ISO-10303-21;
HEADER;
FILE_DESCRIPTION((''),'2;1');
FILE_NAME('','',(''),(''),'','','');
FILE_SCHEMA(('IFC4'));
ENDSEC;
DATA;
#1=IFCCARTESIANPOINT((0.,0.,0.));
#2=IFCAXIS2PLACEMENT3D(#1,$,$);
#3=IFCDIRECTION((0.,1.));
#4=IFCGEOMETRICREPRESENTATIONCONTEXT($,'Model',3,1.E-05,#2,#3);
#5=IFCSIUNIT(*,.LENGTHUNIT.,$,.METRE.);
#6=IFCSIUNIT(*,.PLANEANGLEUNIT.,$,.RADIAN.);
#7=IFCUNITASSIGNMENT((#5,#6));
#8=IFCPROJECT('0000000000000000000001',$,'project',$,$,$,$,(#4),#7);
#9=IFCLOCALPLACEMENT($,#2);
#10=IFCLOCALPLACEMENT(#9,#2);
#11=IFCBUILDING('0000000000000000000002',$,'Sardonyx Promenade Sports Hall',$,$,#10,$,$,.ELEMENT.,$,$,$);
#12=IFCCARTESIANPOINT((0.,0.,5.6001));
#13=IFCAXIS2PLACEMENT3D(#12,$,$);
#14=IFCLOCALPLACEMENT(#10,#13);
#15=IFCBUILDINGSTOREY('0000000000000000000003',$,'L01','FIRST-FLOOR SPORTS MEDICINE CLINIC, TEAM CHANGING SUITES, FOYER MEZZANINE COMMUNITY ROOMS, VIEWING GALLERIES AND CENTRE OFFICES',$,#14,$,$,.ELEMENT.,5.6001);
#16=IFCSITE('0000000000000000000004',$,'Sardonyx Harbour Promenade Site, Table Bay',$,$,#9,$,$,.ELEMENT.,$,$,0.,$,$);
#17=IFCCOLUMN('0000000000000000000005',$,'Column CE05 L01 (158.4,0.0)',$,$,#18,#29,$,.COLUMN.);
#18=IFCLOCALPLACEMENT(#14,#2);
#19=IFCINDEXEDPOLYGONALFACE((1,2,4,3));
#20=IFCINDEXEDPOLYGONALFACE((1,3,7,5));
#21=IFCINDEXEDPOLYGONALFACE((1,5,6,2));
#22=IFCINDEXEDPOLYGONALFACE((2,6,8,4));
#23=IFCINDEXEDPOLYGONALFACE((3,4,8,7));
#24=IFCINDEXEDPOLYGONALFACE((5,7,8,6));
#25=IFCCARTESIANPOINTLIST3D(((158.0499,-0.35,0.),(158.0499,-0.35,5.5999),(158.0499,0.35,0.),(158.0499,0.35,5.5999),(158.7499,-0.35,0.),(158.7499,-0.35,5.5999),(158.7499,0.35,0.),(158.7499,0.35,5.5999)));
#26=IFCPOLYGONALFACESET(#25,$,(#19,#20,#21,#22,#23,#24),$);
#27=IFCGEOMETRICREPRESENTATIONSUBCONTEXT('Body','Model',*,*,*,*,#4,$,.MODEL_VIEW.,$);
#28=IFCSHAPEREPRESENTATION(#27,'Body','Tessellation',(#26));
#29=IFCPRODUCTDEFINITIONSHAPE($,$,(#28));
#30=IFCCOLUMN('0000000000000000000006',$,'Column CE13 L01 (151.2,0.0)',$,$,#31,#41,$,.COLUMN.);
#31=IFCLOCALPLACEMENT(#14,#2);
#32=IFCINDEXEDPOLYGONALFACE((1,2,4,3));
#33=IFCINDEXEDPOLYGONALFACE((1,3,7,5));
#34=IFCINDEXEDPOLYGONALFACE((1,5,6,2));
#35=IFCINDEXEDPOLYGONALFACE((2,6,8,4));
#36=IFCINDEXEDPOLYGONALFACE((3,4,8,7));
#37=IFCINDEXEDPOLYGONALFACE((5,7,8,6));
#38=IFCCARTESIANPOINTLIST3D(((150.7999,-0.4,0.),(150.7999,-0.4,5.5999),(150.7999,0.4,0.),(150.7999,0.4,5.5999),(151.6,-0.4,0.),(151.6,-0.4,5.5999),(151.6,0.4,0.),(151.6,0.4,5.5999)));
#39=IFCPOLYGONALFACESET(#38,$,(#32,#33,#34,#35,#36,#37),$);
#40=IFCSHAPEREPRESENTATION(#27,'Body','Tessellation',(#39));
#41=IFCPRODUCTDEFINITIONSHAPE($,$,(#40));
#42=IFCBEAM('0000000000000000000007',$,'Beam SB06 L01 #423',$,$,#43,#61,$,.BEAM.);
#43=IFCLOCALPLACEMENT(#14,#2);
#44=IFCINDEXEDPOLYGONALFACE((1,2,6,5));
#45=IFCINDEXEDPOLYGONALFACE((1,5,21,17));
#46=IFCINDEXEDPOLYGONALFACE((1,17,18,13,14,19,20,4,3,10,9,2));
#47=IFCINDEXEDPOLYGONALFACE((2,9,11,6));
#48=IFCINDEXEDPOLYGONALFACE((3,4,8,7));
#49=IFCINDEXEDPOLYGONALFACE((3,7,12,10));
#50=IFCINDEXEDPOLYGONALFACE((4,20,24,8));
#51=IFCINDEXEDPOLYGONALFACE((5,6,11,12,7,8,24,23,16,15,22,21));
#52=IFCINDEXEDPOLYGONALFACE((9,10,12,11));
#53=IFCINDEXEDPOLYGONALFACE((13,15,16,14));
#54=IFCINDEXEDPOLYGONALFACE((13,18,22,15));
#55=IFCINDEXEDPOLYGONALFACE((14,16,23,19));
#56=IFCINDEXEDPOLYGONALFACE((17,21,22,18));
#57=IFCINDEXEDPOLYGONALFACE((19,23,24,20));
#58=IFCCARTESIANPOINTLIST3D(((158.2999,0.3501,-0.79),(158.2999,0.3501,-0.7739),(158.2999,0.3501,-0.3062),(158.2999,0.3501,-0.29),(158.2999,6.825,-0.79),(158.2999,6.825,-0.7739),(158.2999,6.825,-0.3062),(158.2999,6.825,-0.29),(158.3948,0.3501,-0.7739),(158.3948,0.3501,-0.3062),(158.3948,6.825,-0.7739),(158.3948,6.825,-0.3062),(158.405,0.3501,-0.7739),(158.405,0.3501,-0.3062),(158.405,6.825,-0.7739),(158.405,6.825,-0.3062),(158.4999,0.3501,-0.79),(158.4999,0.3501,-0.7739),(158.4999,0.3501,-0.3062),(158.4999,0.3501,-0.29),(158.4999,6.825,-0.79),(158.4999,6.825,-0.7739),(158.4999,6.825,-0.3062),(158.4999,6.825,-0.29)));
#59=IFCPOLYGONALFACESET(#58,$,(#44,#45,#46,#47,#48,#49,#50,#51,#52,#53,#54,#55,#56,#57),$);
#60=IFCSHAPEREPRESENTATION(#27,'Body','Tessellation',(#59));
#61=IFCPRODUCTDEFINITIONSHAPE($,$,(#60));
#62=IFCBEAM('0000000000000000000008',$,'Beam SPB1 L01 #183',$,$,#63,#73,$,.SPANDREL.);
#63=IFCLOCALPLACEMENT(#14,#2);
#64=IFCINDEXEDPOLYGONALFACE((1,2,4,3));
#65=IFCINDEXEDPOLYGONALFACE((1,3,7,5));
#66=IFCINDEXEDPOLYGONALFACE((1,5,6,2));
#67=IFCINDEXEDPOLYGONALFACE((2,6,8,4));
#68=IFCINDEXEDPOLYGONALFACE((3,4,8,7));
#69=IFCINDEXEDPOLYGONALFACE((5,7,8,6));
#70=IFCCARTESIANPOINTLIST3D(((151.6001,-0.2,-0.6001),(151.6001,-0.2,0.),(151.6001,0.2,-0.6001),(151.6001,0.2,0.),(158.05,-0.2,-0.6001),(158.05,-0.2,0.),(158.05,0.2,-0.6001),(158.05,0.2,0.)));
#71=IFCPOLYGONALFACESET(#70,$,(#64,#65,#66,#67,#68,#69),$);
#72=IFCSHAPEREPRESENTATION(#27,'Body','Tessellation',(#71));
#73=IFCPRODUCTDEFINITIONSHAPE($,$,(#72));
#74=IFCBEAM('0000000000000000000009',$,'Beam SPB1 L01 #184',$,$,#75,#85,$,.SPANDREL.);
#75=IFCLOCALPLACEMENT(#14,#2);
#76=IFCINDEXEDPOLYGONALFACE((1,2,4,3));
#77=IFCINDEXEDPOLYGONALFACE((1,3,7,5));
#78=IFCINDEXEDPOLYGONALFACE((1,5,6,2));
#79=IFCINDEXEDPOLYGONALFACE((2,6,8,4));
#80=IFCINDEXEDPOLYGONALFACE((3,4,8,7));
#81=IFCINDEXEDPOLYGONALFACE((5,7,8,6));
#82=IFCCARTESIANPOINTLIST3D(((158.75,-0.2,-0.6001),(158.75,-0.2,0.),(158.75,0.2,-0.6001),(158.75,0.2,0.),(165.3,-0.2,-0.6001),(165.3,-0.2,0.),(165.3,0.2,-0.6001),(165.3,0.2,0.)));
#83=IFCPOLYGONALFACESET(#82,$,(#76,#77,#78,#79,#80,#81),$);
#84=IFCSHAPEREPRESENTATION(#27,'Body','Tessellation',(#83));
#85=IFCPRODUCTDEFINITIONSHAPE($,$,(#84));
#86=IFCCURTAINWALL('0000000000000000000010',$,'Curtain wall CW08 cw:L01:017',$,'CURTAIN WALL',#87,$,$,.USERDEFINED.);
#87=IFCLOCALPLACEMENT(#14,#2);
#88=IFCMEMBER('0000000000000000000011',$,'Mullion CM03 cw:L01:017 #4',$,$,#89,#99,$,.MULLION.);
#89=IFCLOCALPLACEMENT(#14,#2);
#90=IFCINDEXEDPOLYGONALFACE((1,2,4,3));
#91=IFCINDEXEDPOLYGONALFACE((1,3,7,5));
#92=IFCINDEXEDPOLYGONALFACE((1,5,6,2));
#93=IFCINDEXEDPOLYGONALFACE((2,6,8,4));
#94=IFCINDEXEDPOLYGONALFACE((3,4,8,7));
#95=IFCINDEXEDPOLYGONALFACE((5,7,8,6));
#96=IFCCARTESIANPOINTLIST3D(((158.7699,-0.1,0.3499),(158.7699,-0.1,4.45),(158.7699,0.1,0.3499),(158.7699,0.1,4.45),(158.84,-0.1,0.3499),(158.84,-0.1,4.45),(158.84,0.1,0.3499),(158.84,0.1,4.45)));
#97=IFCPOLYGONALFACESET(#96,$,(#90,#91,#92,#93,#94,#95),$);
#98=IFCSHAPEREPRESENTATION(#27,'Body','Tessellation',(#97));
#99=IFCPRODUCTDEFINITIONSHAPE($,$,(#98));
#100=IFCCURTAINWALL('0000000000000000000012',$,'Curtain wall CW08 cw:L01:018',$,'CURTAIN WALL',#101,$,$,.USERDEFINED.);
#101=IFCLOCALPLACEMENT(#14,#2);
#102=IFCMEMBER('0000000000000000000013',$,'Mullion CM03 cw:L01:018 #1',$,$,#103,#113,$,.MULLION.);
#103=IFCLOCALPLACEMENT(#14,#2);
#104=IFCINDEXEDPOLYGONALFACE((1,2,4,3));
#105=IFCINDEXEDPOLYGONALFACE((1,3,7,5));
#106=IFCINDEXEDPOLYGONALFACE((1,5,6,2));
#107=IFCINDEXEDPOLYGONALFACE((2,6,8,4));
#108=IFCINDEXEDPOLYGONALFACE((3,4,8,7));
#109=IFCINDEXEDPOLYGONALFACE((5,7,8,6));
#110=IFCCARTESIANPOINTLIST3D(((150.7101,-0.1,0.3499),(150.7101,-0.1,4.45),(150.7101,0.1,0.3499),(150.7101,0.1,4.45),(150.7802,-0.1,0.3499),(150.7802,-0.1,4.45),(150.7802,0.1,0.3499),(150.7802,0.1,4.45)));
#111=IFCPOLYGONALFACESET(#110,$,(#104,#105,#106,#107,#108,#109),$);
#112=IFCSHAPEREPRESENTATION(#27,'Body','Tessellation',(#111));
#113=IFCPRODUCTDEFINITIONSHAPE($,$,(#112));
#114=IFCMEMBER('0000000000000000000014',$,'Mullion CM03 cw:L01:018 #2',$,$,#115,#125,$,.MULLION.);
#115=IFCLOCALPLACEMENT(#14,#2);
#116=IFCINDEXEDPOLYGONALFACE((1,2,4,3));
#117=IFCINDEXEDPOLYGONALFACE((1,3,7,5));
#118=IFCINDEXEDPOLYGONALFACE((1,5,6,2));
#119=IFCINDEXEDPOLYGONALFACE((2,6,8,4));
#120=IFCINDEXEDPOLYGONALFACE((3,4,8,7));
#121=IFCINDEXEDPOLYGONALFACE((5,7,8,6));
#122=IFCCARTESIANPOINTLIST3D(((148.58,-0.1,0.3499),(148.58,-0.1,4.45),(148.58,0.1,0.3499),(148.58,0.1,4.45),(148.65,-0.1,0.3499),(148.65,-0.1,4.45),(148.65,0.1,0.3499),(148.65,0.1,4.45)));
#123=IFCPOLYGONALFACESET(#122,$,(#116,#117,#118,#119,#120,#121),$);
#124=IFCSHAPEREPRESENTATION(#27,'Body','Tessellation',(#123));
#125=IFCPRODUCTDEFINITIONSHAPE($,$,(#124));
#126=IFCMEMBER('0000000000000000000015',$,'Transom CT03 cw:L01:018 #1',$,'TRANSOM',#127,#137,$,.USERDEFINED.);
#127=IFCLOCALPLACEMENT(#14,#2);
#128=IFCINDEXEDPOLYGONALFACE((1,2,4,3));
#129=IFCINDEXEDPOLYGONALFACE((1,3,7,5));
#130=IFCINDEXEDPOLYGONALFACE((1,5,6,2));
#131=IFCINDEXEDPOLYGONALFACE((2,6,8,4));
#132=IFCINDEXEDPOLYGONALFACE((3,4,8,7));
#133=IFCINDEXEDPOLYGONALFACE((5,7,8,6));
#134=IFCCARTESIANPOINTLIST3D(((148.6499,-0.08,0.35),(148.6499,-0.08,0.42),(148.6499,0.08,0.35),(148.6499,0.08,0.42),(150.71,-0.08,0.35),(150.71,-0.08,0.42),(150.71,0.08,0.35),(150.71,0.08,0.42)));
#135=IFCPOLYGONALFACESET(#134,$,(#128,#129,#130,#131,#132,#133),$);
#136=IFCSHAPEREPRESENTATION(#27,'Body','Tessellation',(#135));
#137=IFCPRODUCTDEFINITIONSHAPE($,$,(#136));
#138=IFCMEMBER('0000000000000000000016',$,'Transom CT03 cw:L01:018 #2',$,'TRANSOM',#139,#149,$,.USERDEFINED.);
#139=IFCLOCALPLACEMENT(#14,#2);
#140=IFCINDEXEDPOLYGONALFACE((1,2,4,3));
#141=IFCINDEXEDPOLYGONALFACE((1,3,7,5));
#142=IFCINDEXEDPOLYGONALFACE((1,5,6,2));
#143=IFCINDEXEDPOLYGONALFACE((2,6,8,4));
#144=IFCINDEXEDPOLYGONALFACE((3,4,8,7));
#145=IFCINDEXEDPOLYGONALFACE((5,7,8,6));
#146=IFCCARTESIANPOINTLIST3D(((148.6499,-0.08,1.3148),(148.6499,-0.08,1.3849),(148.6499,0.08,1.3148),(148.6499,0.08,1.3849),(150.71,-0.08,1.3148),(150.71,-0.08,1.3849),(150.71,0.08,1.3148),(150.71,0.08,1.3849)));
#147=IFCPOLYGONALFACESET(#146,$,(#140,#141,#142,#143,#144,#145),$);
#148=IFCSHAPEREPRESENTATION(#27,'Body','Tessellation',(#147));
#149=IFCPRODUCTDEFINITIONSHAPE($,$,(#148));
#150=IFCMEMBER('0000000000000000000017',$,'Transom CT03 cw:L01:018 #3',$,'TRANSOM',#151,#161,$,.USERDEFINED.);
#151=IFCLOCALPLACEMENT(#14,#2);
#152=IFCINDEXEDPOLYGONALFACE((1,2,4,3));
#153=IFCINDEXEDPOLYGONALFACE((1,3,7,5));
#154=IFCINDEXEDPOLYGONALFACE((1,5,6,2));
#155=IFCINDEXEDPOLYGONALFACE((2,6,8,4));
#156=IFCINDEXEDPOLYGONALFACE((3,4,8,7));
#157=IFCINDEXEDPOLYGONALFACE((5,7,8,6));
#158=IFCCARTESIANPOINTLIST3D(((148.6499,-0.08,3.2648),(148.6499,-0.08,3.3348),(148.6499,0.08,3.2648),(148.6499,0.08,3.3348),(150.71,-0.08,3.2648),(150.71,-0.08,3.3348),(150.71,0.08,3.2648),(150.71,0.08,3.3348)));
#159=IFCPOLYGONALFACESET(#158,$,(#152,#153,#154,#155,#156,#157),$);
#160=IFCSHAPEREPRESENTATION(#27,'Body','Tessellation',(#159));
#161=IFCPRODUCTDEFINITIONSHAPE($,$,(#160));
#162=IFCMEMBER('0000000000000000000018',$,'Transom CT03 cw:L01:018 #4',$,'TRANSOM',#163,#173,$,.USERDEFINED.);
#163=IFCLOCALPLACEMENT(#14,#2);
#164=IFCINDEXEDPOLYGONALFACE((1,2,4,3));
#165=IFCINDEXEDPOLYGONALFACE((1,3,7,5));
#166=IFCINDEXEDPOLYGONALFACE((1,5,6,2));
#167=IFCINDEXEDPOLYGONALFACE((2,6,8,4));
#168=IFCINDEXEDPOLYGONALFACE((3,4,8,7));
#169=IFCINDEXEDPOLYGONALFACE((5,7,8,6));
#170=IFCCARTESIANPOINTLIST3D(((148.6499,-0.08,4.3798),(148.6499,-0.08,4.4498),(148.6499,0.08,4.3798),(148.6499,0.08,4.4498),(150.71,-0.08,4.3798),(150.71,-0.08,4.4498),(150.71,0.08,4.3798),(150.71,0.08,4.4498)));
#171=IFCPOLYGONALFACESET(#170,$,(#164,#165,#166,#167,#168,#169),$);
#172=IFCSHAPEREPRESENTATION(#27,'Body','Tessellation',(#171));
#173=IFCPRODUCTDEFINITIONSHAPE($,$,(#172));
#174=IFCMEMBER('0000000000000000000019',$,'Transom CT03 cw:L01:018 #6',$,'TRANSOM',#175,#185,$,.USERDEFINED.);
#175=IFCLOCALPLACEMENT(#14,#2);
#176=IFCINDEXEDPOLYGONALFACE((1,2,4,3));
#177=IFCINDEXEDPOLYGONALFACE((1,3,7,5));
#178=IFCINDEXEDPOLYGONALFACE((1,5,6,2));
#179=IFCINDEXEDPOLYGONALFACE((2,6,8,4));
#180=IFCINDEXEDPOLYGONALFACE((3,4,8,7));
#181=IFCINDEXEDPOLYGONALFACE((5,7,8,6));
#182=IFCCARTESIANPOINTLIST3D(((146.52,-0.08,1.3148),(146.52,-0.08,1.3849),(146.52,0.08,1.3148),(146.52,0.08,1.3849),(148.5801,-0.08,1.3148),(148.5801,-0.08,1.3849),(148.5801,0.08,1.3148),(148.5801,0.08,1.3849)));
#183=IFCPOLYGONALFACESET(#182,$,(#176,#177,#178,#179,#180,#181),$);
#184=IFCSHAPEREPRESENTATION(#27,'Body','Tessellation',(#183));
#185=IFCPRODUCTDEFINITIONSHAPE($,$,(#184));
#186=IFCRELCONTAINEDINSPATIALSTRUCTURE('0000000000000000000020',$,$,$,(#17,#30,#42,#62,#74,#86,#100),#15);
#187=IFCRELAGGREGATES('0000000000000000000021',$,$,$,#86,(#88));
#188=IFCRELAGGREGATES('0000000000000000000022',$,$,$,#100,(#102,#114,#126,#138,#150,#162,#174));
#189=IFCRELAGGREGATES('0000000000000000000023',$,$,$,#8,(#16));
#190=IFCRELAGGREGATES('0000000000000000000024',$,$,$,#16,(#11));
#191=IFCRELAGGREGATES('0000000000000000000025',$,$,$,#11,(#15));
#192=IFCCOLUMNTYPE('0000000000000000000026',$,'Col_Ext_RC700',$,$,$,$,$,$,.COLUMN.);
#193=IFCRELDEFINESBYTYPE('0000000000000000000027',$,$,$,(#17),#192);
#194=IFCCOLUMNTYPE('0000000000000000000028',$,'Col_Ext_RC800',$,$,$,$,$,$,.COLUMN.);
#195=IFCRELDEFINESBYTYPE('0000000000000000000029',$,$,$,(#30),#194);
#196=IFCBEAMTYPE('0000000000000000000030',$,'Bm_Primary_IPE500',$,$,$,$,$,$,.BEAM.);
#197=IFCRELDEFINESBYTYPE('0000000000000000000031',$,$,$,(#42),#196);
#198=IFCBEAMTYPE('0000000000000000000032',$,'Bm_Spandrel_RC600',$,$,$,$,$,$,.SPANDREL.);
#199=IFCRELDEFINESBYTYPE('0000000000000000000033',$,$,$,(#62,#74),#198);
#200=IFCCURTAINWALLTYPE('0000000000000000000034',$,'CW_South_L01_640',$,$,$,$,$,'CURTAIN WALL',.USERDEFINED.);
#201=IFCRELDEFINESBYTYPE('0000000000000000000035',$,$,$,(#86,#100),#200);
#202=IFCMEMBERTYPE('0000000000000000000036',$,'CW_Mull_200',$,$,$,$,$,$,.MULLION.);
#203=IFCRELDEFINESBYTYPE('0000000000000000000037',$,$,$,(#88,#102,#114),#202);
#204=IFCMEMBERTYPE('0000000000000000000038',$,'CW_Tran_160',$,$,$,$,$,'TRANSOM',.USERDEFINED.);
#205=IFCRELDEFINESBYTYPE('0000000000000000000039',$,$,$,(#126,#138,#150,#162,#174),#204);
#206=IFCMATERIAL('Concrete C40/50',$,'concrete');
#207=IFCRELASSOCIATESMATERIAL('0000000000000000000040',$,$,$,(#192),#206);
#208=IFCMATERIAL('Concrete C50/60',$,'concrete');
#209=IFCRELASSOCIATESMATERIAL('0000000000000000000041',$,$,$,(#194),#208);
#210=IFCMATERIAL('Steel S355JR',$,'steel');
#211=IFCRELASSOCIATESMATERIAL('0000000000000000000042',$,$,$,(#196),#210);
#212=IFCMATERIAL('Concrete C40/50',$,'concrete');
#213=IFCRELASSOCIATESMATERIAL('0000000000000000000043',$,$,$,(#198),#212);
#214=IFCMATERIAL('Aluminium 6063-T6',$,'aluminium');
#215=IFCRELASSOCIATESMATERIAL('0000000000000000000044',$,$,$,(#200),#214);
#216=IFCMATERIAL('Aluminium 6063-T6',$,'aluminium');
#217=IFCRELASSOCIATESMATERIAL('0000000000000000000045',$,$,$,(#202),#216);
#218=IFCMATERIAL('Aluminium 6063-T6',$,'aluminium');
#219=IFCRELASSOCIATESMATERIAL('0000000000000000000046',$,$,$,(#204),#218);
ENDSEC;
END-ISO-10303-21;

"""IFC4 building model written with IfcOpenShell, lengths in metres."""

from ifc_helpers import new_model, si_unit, direction, frame, origin, origin_2d, place, context, subcontext, project, spatial, rectangle, i_section, extrude, material, material_profile, profile_set, type_object, element, aggregate, save


model = new_model("IFC4")

# Units and contexts
model_context = context("Model", 3, precision=1e-05, world=origin(), true_north=direction((0.0, 1.0)))
body_context = subcontext(model_context, "Body", "Model", "MODEL_VIEW")
ifc_project = project(units=[si_unit("LENGTHUNIT", "METRE"), si_unit("PLANEANGLEUNIT", "RADIAN")], contexts=[model_context])

# Site, building, storey
site_placement = place(None, origin())
site = spatial("IfcSite", under=ifc_project, at=site_placement, Name="Sardonyx Harbour Promenade Site, Table Bay", CompositionType="ELEMENT", RefElevation=0.0)
building_placement = place(site_placement, origin())
building = spatial("IfcBuilding", under=site, at=building_placement, Name="Sardonyx Promenade Sports Hall", CompositionType="ELEMENT")
storey_placement = place(building_placement, frame((0.0, 0.0, 5.6001)))
storey = spatial("IfcBuildingStorey", under=building, at=storey_placement, Name="L01", Description="FIRST-FLOOR SPORTS MEDICINE CLINIC, TEAM CHANGING SUITES, FOYER MEZZANINE COMMUNITY ROOMS, VIEWING GALLERIES AND CENTRE OFFICES", CompositionType="ELEMENT", Elevation=5.6001)

# Columns
ifc_material_1 = material(Name="Concrete C40/50", Category="concrete")
ifc_material_profile_1 = material_profile(ifc_material_1, rectangle(XDim=0.7, YDim=0.7, at=origin_2d()))
ifc_profile_set_1 = profile_set([ifc_material_profile_1], Name="Concrete C40/50")
column_type_1 = type_object("IfcColumnType", Name="Col_Ext_RC700", PredefinedType="COLUMN", material=ifc_profile_set_1)
column_1_placement = place(storey_placement, frame((158.3999, 0.0, 0.0), z_axis=(0.0, 0.0, 1.0), x_axis=(1.0, 0.0, 0.0)))
element("IfcColumn", 1, at=column_1_placement, inside=storey, type_object=column_type_1, Name="Column CE05 L01 (158.4,0.0)", PredefinedType="COLUMN", context=body_context, shape_type="SweptSolid", body=[
    extrude(rectangle(XDim=0.7, YDim=0.7, at=origin_2d()), origin(), (0.0, 0.0, 1.0), 5.5999),
])
ifc_material_2 = material(Name="Concrete C50/60", Category="concrete")
ifc_material_profile_2 = material_profile(ifc_material_2, rectangle(XDim=0.8, YDim=0.8, at=origin_2d()))
ifc_profile_set_2 = profile_set([ifc_material_profile_2], Name="Concrete C50/60")
column_type_2 = type_object("IfcColumnType", Name="Col_Ext_RC800", PredefinedType="COLUMN", material=ifc_profile_set_2)
column_2_placement = place(storey_placement, frame((151.2, 0.0, 0.0), z_axis=(0.0, 0.0, 1.0), x_axis=(1.0, 0.0, 0.0)))
element("IfcColumn", 2, at=column_2_placement, inside=storey, type_object=column_type_2, Name="Column CE13 L01 (151.2,0.0)", PredefinedType="COLUMN", context=body_context, shape_type="SweptSolid", body=[
    extrude(rectangle(XDim=0.8, YDim=0.8, at=origin_2d()), origin(), (0.0, 0.0, 1.0), 5.5999),
])

# Beams
ifc_material_3 = material(Name="Steel S355JR", Category="steel")
ifc_material_profile_3 = material_profile(ifc_material_3, i_section(OverallWidth=0.2, OverallDepth=0.5, WebThickness=0.0103, FlangeThickness=0.0161, at=origin_2d()))
ifc_profile_set_3 = profile_set([ifc_material_profile_3], Name="Steel S355JR")
beam_type_1 = type_object("IfcBeamType", Name="Bm_Primary_IPE500", PredefinedType="BEAM", material=ifc_profile_set_3)
beam_1_placement = place(storey_placement, frame((158.3999, 0.3501, -0.54), z_axis=(0.0, 1.0, 0.0), x_axis=(-1.0, 0.0, 0.0)))
element("IfcBeam", 3, at=beam_1_placement, inside=storey, type_object=beam_type_1, Name="Beam SB06 L01 #423", PredefinedType="BEAM", context=body_context, shape_type="SweptSolid", body=[
    extrude(i_section(OverallWidth=0.2, OverallDepth=0.5, WebThickness=0.0103, FlangeThickness=0.0161, at=origin_2d()), origin(), (0.0, 0.0, 1.0), 6.4749),
])
ifc_material_4 = material(Name="Concrete C40/50", Category="concrete")
ifc_material_profile_4 = material_profile(ifc_material_4, rectangle(XDim=0.3999, YDim=0.6001, at=origin_2d()))
ifc_profile_set_4 = profile_set([ifc_material_profile_4], Name="Concrete C40/50")
beam_type_2 = type_object("IfcBeamType", Name="Bm_Spandrel_RC600", PredefinedType="SPANDREL", material=ifc_profile_set_4)
beam_2_placement = place(storey_placement, frame((151.6001, 0.0, -0.3), z_axis=(1.0, 0.0, 0.0), x_axis=(0.0, 1.0, 0.0)))
element("IfcBeam", 4, at=beam_2_placement, inside=storey, type_object=beam_type_2, Name="Beam SPB1 L01 #183", PredefinedType="SPANDREL", context=body_context, shape_type="SweptSolid", body=[
    extrude(rectangle(XDim=0.3999, YDim=0.6001, at=origin_2d()), origin(), (0.0, 0.0, 1.0), 6.45),
])
beam_3_placement = place(storey_placement, frame((158.75, 0.0, -0.3), z_axis=(1.0, 0.0, 0.0), x_axis=(0.0, 1.0, 0.0)))
element("IfcBeam", 5, at=beam_3_placement, inside=storey, type_object=beam_type_2, Name="Beam SPB1 L01 #184", PredefinedType="SPANDREL", context=body_context, shape_type="SweptSolid", body=[
    extrude(rectangle(XDim=0.3999, YDim=0.6001, at=origin_2d()), origin(), (0.0, 0.0, 1.0), 6.55),
])

# Curtain wall, member
ifc_material_5 = material(Name="Aluminium 6063-T6", Category="aluminium")
curtain_wall_type = type_object("IfcCurtainWallType", Name="CW_South_L01_640", ElementType="CURTAIN WALL", PredefinedType="USERDEFINED", material=ifc_material_5)
curtain_wall_1_placement = place(storey_placement, origin())
curtain_wall_1 = element("IfcCurtainWall", 6, at=curtain_wall_1_placement, inside=storey, type_object=curtain_wall_type, Name="Curtain wall CW08 cw:L01:017", ObjectType="CURTAIN WALL", PredefinedType="USERDEFINED")
ifc_material_6 = material(Name="Aluminium 6063-T6", Category="aluminium")
ifc_material_profile_5 = material_profile(ifc_material_6, rectangle(XDim=0.0701, YDim=0.2, at=origin_2d()))
ifc_profile_set_5 = profile_set([ifc_material_profile_5], Name="Aluminium 6063-T6")
member_type_1 = type_object("IfcMemberType", Name="CW_Mull_200", PredefinedType="MULLION", material=ifc_profile_set_5)
member_1_placement = place(storey_placement, frame((158.8049, 0.0, 0.3499), z_axis=(0.0, 0.0, 1.0), x_axis=(-1.0, 0.0, 0.0)))
member_1 = element("IfcMember", 7, at=member_1_placement, type_object=member_type_1, Name="Mullion CM03 cw:L01:017 #4", PredefinedType="MULLION", context=body_context, shape_type="SweptSolid", body=[
    extrude(rectangle(XDim=0.0701, YDim=0.2, at=origin_2d()), origin(), (0.0, 0.0, 1.0), 4.1001),
])

# Curtain wall, members
curtain_wall_2_placement = place(storey_placement, origin())
curtain_wall_2 = element("IfcCurtainWall", 8, at=curtain_wall_2_placement, inside=storey, type_object=curtain_wall_type, Name="Curtain wall CW08 cw:L01:018", ObjectType="CURTAIN WALL", PredefinedType="USERDEFINED")
member_2_placement = place(storey_placement, frame((150.7451, 0.0, 0.3499), z_axis=(0.0, 0.0, 1.0), x_axis=(-1.0, 0.0, 0.0)))
member_2 = element("IfcMember", 9, at=member_2_placement, type_object=member_type_1, Name="Mullion CM03 cw:L01:018 #1", PredefinedType="MULLION", context=body_context, shape_type="SweptSolid", body=[
    extrude(rectangle(XDim=0.0701, YDim=0.2, at=origin_2d()), origin(), (0.0, 0.0, 1.0), 4.1001),
])
member_3_placement = place(storey_placement, frame((148.615, 0.0, 0.3499), z_axis=(0.0, 0.0, 1.0), x_axis=(-1.0, 0.0, 0.0)))
member_3 = element("IfcMember", 10, at=member_3_placement, type_object=member_type_1, Name="Mullion CM03 cw:L01:018 #2", PredefinedType="MULLION", context=body_context, shape_type="SweptSolid", body=[
    extrude(rectangle(XDim=0.0701, YDim=0.2, at=origin_2d()), origin(), (0.0, 0.0, 1.0), 4.1001),
])
ifc_material_7 = material(Name="Aluminium 6063-T6", Category="aluminium")
ifc_material_profile_6 = material_profile(ifc_material_7, rectangle(XDim=0.0701, YDim=0.1599, at=origin_2d()))
ifc_profile_set_6 = profile_set([ifc_material_profile_6], Name="Aluminium 6063-T6")
member_type_2 = type_object("IfcMemberType", Name="CW_Tran_160", ElementType="TRANSOM", PredefinedType="USERDEFINED", material=ifc_profile_set_6)
member_4_placement = place(storey_placement, frame((150.71, 0.0, 0.385), z_axis=(-1.0, 0.0, 0.0), x_axis=(0.0, 0.0, 1.0)))
member_4 = element("IfcMember", 11, at=member_4_placement, type_object=member_type_2, Name="Transom CT03 cw:L01:018 #1", ObjectType="TRANSOM", PredefinedType="USERDEFINED", context=body_context, shape_type="SweptSolid", body=[
    extrude(rectangle(XDim=0.0701, YDim=0.1599, at=origin_2d()), origin(), (0.0, 0.0, 1.0), 2.0601),
])
member_5_placement = place(storey_placement, frame((150.71, 0.0, 1.3499), z_axis=(-1.0, 0.0, 0.0), x_axis=(0.0, 0.0, 1.0)))
member_5 = element("IfcMember", 12, at=member_5_placement, type_object=member_type_2, Name="Transom CT03 cw:L01:018 #2", ObjectType="TRANSOM", PredefinedType="USERDEFINED", context=body_context, shape_type="SweptSolid", body=[
    extrude(rectangle(XDim=0.0701, YDim=0.1599, at=origin_2d()), origin(), (0.0, 0.0, 1.0), 2.0601),
])
member_6_placement = place(storey_placement, frame((150.71, 0.0, 3.2998), z_axis=(-1.0, 0.0, 0.0), x_axis=(0.0, 0.0, 1.0)))
member_6 = element("IfcMember", 13, at=member_6_placement, type_object=member_type_2, Name="Transom CT03 cw:L01:018 #3", ObjectType="TRANSOM", PredefinedType="USERDEFINED", context=body_context, shape_type="SweptSolid", body=[
    extrude(rectangle(XDim=0.0701, YDim=0.1599, at=origin_2d()), origin(), (0.0, 0.0, 1.0), 2.0601),
])
member_7_placement = place(storey_placement, frame((150.71, 0.0, 4.4148), z_axis=(-1.0, 0.0, 0.0), x_axis=(0.0, 0.0, 1.0)))
member_7 = element("IfcMember", 14, at=member_7_placement, type_object=member_type_2, Name="Transom CT03 cw:L01:018 #4", ObjectType="TRANSOM", PredefinedType="USERDEFINED", context=body_context, shape_type="SweptSolid", body=[
    extrude(rectangle(XDim=0.0701, YDim=0.1599, at=origin_2d()), origin(), (0.0, 0.0, 1.0), 2.0601),
])
member_8_placement = place(storey_placement, frame((148.5801, 0.0, 1.3499), z_axis=(-1.0, 0.0, 0.0), x_axis=(0.0, 0.0, 1.0)))
member_8 = element("IfcMember", 15, at=member_8_placement, type_object=member_type_2, Name="Transom CT03 cw:L01:018 #6", ObjectType="TRANSOM", PredefinedType="USERDEFINED", context=body_context, shape_type="SweptSolid", body=[
    extrude(rectangle(XDim=0.0701, YDim=0.1599, at=origin_2d()), origin(), (0.0, 0.0, 1.0), 2.0601),
])

aggregate(curtain_wall_1, [member_1])
aggregate(curtain_wall_2, [member_2, member_3, member_4, member_5, member_6, member_7, member_8])

save(model, "model.ifc")
